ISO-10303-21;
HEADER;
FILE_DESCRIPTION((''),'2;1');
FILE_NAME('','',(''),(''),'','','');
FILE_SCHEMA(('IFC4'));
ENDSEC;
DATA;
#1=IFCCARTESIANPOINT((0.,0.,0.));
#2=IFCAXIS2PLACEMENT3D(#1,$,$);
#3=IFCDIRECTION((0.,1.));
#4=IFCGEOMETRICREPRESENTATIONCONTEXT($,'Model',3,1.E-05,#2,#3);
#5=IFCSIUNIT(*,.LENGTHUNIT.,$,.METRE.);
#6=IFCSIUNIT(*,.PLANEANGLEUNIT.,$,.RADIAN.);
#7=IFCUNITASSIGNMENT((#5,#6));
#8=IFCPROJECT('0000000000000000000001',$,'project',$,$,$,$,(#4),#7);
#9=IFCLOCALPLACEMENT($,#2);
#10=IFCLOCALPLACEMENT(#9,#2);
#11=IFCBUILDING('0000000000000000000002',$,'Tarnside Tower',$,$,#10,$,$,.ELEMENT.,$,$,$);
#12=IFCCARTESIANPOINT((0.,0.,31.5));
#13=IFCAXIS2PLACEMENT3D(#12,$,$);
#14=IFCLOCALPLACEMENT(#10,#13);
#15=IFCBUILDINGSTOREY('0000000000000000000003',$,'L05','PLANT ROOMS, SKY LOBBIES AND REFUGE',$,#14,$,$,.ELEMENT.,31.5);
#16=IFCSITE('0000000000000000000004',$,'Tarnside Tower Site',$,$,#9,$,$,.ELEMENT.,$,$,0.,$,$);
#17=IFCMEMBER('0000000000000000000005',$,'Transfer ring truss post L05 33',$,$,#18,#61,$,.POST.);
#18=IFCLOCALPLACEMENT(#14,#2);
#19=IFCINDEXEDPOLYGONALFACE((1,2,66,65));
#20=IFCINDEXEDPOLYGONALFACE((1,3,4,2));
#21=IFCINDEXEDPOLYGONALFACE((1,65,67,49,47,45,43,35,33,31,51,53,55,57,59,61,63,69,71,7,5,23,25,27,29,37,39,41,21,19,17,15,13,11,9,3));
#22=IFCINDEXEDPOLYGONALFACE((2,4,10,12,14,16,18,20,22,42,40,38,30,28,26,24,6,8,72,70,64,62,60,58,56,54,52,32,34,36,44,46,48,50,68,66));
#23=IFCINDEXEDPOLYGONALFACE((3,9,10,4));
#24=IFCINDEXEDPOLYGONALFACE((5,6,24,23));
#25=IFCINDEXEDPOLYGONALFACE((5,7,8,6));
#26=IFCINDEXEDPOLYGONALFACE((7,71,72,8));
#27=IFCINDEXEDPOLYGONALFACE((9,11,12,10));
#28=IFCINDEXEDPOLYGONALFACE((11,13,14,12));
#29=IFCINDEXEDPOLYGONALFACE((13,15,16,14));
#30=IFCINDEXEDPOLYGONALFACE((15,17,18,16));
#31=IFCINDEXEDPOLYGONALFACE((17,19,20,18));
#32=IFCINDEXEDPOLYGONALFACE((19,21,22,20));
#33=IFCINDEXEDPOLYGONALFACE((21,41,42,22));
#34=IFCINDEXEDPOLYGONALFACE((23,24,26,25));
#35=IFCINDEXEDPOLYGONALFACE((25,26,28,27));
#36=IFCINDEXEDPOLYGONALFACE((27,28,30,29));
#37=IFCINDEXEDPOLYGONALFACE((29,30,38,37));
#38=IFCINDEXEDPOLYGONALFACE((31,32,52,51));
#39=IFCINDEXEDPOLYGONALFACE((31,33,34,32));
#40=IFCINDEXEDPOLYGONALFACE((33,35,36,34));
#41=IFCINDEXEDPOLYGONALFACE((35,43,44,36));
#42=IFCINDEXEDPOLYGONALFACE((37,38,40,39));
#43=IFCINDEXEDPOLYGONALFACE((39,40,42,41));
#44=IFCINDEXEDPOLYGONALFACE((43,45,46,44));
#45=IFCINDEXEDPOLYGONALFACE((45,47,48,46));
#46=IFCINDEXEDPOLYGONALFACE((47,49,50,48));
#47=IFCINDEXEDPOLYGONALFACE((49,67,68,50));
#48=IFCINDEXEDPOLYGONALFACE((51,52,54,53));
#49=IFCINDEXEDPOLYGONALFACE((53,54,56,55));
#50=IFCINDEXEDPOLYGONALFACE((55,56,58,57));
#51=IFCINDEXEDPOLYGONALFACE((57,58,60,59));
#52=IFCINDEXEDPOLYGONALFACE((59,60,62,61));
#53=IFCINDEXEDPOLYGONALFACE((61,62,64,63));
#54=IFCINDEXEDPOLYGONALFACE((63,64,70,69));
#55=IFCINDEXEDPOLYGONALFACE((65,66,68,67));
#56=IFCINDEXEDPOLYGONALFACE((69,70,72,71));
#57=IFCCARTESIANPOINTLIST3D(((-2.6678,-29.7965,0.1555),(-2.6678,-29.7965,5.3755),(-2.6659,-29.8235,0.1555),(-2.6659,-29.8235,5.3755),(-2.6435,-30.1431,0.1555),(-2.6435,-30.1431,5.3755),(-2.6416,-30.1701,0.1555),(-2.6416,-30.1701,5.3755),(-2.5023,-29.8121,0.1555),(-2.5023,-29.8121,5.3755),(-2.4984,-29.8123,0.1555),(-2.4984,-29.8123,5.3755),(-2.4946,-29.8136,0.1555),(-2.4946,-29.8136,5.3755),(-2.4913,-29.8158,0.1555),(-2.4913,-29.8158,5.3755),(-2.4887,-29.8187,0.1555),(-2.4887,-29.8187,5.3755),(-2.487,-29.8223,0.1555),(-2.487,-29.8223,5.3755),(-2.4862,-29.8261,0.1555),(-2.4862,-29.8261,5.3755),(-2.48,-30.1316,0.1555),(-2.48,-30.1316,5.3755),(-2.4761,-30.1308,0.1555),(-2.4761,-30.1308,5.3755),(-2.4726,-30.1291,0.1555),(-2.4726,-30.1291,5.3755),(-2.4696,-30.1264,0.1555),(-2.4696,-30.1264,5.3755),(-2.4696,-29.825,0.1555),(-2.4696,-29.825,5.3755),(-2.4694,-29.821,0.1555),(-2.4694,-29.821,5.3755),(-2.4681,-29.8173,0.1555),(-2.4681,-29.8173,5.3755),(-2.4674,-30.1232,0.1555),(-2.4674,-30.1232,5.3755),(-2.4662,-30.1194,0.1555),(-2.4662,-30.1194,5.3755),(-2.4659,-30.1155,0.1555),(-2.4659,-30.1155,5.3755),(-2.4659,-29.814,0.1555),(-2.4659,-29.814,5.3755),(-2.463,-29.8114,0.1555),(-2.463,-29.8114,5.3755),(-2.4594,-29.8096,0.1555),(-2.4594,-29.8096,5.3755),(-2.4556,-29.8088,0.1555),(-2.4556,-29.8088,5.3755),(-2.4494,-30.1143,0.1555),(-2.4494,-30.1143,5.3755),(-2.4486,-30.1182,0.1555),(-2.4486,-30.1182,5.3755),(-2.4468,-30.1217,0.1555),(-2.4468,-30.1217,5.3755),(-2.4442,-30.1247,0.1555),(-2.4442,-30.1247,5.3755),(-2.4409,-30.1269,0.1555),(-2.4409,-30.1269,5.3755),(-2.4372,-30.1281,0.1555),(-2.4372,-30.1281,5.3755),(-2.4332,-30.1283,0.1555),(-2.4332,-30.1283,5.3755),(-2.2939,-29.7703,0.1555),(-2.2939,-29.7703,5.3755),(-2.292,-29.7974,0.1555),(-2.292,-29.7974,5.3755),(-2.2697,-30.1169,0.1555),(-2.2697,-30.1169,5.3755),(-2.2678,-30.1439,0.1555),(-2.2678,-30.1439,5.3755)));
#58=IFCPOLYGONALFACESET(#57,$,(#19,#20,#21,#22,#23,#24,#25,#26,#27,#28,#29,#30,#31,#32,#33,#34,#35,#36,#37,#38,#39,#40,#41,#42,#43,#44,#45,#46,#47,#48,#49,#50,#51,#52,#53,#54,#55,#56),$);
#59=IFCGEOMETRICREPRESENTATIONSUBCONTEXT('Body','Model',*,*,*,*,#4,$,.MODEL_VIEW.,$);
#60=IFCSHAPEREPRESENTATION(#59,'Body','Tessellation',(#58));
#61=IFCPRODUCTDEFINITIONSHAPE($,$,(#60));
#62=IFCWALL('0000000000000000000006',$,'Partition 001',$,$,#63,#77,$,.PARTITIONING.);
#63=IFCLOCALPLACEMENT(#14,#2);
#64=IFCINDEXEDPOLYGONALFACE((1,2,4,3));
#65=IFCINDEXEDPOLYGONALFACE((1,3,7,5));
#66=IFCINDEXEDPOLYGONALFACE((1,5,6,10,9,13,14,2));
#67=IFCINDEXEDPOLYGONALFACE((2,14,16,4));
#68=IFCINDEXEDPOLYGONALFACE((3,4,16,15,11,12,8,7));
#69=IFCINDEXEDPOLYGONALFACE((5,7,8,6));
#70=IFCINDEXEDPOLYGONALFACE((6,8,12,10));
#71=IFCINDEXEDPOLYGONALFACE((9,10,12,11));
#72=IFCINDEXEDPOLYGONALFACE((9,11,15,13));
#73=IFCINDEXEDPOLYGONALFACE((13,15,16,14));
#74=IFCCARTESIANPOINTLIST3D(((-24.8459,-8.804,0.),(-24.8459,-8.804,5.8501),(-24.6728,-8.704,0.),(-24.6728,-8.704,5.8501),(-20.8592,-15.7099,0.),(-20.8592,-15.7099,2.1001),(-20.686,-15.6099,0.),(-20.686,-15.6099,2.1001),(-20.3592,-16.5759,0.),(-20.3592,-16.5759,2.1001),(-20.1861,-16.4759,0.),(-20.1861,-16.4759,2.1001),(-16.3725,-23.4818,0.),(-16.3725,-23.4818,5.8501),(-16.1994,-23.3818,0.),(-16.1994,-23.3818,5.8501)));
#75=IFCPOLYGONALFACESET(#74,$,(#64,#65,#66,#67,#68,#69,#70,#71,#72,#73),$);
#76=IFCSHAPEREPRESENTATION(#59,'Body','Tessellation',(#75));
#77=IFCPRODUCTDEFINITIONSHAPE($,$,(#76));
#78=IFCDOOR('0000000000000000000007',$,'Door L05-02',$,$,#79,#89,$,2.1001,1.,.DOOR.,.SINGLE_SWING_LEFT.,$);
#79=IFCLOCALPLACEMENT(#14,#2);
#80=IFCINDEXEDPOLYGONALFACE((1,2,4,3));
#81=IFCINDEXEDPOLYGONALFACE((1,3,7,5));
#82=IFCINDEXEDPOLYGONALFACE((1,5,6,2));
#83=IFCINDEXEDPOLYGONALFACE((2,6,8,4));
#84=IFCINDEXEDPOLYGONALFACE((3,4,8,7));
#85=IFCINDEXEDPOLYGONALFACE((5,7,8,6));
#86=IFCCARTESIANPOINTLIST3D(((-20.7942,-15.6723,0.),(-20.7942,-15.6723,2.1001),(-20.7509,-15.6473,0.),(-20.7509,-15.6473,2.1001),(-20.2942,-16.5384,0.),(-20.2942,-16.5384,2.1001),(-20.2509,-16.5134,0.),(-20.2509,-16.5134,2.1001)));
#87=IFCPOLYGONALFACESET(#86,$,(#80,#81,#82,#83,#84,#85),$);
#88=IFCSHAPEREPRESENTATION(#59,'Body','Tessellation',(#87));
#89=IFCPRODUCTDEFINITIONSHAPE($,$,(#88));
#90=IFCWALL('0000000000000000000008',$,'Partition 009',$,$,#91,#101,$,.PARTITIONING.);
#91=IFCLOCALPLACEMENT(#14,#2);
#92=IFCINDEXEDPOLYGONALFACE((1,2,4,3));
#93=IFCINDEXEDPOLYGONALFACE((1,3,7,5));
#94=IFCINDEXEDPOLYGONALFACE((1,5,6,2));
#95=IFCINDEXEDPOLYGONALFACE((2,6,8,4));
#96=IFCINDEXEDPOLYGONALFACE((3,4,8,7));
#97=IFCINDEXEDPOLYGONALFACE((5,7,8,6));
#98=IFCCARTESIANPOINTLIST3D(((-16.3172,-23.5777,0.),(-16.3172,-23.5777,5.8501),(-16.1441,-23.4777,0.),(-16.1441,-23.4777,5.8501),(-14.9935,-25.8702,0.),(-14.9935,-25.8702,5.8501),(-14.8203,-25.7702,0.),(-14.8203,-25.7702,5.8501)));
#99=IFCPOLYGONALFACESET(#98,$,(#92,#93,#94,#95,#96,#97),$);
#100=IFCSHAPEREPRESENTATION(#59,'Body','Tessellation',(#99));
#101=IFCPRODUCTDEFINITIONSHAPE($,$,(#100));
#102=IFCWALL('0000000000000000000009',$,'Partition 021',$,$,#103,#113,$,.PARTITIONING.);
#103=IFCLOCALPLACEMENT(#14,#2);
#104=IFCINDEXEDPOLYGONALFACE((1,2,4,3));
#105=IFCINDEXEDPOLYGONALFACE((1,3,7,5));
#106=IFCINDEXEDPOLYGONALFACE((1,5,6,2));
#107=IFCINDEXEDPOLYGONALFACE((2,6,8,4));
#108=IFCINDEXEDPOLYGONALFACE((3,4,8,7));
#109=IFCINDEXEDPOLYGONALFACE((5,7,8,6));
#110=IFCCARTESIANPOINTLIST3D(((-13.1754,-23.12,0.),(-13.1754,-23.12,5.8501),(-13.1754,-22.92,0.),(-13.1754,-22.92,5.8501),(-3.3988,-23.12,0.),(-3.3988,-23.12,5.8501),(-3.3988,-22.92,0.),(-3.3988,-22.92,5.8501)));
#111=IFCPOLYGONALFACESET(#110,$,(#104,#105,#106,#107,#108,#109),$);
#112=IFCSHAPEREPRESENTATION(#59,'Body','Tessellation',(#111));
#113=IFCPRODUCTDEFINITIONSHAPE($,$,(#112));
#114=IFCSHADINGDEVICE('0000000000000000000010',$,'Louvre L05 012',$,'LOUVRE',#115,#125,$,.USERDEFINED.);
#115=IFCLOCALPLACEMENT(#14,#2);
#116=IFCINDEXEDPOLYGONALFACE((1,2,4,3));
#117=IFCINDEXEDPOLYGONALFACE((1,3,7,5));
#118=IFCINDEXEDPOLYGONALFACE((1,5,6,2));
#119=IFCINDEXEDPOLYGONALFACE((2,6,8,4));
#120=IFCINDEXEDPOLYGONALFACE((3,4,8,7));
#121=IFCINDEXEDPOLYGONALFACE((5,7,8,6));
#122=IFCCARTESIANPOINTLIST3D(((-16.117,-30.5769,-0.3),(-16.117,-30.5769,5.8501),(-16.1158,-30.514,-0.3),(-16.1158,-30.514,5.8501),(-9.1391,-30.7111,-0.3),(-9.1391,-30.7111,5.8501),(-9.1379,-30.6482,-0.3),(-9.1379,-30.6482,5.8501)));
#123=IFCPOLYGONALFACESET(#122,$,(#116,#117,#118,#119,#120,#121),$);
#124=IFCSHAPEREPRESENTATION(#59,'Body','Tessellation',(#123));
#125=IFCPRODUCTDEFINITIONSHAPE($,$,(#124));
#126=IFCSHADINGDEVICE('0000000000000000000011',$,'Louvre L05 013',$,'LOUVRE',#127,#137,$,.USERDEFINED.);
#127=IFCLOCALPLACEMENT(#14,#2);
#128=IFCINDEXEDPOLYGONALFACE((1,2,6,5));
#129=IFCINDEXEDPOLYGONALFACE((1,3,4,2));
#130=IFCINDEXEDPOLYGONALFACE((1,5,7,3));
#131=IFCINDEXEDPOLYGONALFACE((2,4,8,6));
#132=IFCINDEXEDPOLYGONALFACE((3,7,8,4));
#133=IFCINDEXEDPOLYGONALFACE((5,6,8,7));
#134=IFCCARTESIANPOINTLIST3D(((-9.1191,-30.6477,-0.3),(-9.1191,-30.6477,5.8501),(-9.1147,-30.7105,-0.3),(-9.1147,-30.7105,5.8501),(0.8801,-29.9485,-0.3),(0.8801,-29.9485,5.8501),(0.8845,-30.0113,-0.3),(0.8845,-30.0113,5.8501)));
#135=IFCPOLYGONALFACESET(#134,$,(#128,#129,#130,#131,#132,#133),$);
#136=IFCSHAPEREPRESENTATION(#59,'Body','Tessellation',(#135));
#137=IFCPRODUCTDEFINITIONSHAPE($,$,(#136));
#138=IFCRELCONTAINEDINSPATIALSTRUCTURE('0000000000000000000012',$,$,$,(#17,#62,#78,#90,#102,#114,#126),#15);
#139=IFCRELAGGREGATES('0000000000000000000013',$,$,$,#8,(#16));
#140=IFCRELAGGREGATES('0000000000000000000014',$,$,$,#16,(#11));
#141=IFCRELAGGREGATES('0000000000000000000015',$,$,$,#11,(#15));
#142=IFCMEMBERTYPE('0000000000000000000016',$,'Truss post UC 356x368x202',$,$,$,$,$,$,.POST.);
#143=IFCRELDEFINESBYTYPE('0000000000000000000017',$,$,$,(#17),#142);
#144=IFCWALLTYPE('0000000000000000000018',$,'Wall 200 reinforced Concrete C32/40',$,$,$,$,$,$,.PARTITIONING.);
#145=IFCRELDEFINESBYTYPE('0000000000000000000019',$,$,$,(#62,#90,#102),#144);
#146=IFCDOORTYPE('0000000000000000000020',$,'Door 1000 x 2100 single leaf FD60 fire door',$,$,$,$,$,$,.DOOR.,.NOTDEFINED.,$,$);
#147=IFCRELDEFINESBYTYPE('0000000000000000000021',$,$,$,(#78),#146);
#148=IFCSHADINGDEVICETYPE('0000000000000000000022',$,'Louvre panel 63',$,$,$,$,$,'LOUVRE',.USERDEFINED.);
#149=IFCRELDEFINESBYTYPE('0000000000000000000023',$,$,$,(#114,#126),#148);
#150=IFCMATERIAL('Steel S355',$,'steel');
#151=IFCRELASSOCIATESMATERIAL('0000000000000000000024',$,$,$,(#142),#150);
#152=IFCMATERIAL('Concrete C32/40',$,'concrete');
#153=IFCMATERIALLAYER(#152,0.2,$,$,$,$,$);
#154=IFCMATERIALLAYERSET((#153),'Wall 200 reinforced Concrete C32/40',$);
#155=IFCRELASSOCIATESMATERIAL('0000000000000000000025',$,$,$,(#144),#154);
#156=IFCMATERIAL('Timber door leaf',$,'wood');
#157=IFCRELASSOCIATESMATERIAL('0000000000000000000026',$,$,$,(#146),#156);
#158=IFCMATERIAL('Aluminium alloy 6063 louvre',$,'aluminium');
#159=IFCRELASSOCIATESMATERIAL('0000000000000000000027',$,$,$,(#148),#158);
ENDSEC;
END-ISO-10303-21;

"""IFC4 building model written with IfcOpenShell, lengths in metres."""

from ifc_helpers import new_model, si_unit, direction, frame, frame_2d, origin, origin_2d, place, context, subcontext, project, spatial, polyline, rectangle, i_section, outline, extrude, material, layer, layer_set, material_profile, profile_set, type_object, element, fill, save


model = new_model("IFC4")

# Units and contexts
model_context = context("Model", 3, precision=1e-05, world=origin(), true_north=direction((0.0, 1.0)))
body_context = subcontext(model_context, "Body", "Model", "MODEL_VIEW")
ifc_project = project(units=[si_unit("LENGTHUNIT", "METRE"), si_unit("PLANEANGLEUNIT", "RADIAN")], contexts=[model_context])

# Site, building, storey
site_placement = place(None, origin())
site = spatial("IfcSite", under=ifc_project, at=site_placement, Name="Tarnside Tower Site", CompositionType="ELEMENT", RefElevation=0.0)
building_placement = place(site_placement, origin())
building = spatial("IfcBuilding", under=site, at=building_placement, Name="Tarnside Tower", CompositionType="ELEMENT")
storey_placement = place(building_placement, frame((0.0, 0.0, 31.5)))
storey = spatial("IfcBuildingStorey", under=building, at=storey_placement, Name="L05", Description="PLANT ROOMS, SKY LOBBIES AND REFUGE", CompositionType="ELEMENT", Elevation=31.5)

# Shared definitions
ifc_material_1 = material(Name="Steel S355", Category="steel")

# Member
ifc_material_profile_1 = material_profile(ifc_material_1, i_section(OverallWidth=0.3748, OverallDepth=0.3745, WebThickness=0.0166, FlangeThickness=0.0271, FilletRadius=0.0151, at=origin_2d()), Name="UC 356x368x202")
ifc_profile_set_1 = profile_set([ifc_material_profile_1], Name="Steel S355")
member_type_1 = type_object("IfcMemberType", Name="Truss post UC 356x368x202", PredefinedType="POST", material=ifc_profile_set_1)
for number, where, z_axis, x_axis, name in (
    (1, (-2.4678, -29.9702, 0.1555), (0.0, 0.0, 1.0), (0.997564, 0.069756, 0.0), "Transfer ring truss post L05 33"),
):
    element("IfcMember", number, at=place(storey_placement, frame(where, z_axis=z_axis, x_axis=x_axis)), inside=storey, type_object=member_type_1, Name=name, PredefinedType="POST", context=body_context, shape_type="SweptSolid", body=[
        extrude(i_section(OverallWidth=0.3748, OverallDepth=0.3745, WebThickness=0.0166, FlangeThickness=0.0271, FilletRadius=0.0151, at=origin_2d()), origin(), (0.0, 0.0, 1.0), 5.22),
    ])

# Wall, opening, door
ifc_material_2 = material(Name="Concrete C32/40", Category="concrete")
ifc_layer = layer(ifc_material_2, 0.2)
ifc_layer_set = layer_set([ifc_layer], Name="Wall 200 reinforced Concrete C32/40")
wall_type = type_object("IfcWallType", Name="Wall 200 reinforced Concrete C32/40", PredefinedType="PARTITIONING", material=ifc_layer_set)
wall_1_placement = place(storey_placement, frame((-16.2859, -23.4319, 0.0), z_axis=(0.0, 0.0, 1.0), x_axis=(-0.499964, 0.866046, 0.0)))
wall_1 = element("IfcWall", 2, at=wall_1_placement, inside=storey, type_object=wall_type, Name="Partition 001", PredefinedType="PARTITIONING", context=body_context, shape_type="SweptSolid", body=[
    extrude(rectangle(XDim=16.948, YDim=0.2, at=frame_2d((8.4741, 0.0))), origin(), (0.0, 0.0, 1.0), 5.8501),
])
opening_placement = place(wall_1_placement, frame((7.9741, 0.0, 0.0)))
opening = element("IfcOpeningElement", 3, at=opening_placement, cuts=wall_1, PredefinedType="OPENING", context=body_context, shape_type="SweptSolid", body=[
    extrude(rectangle(XDim=1.0, YDim=2.1001, at=frame_2d((0.5, 1.05))), frame((0.0, 0.1099, 0.0), z_axis=(0.0, -1.0, 0.0), x_axis=(1.0, 0.0, 0.0)), (0.0, 0.0, 1.0), 0.22),
])
ifc_material_3 = material(Name="Timber door leaf", Category="wood")
door_type = type_object("IfcDoorType", Name="Door 1000 x 2100 single leaf FD60 fire door", OperationType="NOTDEFINED", PredefinedType="DOOR", material=ifc_material_3)
door_placement = place(opening_placement, origin())
door = element("IfcDoor", 4, at=door_placement, inside=storey, type_object=door_type, Name="Door L05-02", OperationType="SINGLE_SWING_LEFT", OverallHeight=2.1001, OverallWidth=1.0, PredefinedType="DOOR", context=body_context, shape_type="SweptSolid", body=[
    extrude(rectangle(XDim=1.0, YDim=2.1001, at=frame_2d((0.5, 1.05))), frame((0.0, 0.0249, 0.0), z_axis=(0.0, -1.0, 0.0), x_axis=(1.0, 0.0, 0.0)), (0.0, 0.0, 1.0), 0.05),
])
fill(opening, door)

# Walls
wall_2_placement = place(storey_placement, frame((-16.2307, -23.5276, 0.0), z_axis=(0.0, 0.0, 1.0), x_axis=(0.500047, -0.865998, 0.0)))
element("IfcWall", 5, at=wall_2_placement, inside=storey, type_object=wall_type, Name="Partition 009", PredefinedType="PARTITIONING", context=body_context, shape_type="SweptSolid", body=[
    extrude(rectangle(XDim=2.6472, YDim=0.2, at=frame_2d((1.3237, 0.0))), origin(), (0.0, 0.0, 1.0), 5.8501),
])
wall_3_placement = place(storey_placement, frame((-3.3989, -23.02, 0.0), z_axis=(0.0, 0.0, 1.0), x_axis=(-1.0, 0.0, 0.0)))
element("IfcWall", 6, at=wall_3_placement, inside=storey, type_object=wall_type, Name="Partition 021", PredefinedType="PARTITIONING", context=body_context, shape_type="SweptSolid", body=[
    extrude(rectangle(XDim=9.7766, YDim=0.2, at=frame_2d((4.8882, 0.0))), origin(), (0.0, 0.0, 1.0), 5.8501),
])

# Shading devices
ifc_material_4 = material(Name="Aluminium alloy 6063 louvre", Category="aluminium")
shading_device_type = type_object("IfcShadingDeviceType", Name="Louvre panel 63", ElementType="LOUVRE", PredefinedType="USERDEFINED", material=ifc_material_4)
shading_device_1_placement = place(storey_placement, frame((-12.627, -30.5811, -0.3), z_axis=(-0.999815, 0.019228, 0.0), x_axis=(-0.019228, -0.999815, 0.0)))
element("IfcShadingDevice", 7, at=shading_device_1_placement, inside=storey, type_object=shading_device_type, Name="Louvre L05 012", ObjectType="LOUVRE", PredefinedType="USERDEFINED", context=body_context, shape_type="SweptSolid", body=[
    extrude(outline(polyline([(0.0, 0.0), (0.063, 0.0), (0.063, 6.1501), (0.0, 6.1501), (0.0, 0.0)])), frame((0.0, 0.0, -3.4897)), (0.0, 0.0, 1.0), 6.9792),
])
shading_device_2_placement = place(storey_placement, frame((-4.1194, -30.2981, -0.3), z_axis=(-0.997564, -0.069755, 0.0), x_axis=(0.069755, -0.997564, 0.0)))
element("IfcShadingDevice", 8, at=shading_device_2_placement, inside=storey, type_object=shading_device_type, Name="Louvre L05 013", ObjectType="LOUVRE", PredefinedType="USERDEFINED", context=body_context, shape_type="SweptSolid", body=[
    extrude(outline(polyline([(0.0, 0.0), (0.063, 0.0), (0.063, 6.1501), (0.0, 6.1501), (0.0, 0.0)])), frame((0.0, 0.0, -5.0117)), (0.0, 0.0, 1.0), 10.0237),
])

save(model, "model.ifc")
